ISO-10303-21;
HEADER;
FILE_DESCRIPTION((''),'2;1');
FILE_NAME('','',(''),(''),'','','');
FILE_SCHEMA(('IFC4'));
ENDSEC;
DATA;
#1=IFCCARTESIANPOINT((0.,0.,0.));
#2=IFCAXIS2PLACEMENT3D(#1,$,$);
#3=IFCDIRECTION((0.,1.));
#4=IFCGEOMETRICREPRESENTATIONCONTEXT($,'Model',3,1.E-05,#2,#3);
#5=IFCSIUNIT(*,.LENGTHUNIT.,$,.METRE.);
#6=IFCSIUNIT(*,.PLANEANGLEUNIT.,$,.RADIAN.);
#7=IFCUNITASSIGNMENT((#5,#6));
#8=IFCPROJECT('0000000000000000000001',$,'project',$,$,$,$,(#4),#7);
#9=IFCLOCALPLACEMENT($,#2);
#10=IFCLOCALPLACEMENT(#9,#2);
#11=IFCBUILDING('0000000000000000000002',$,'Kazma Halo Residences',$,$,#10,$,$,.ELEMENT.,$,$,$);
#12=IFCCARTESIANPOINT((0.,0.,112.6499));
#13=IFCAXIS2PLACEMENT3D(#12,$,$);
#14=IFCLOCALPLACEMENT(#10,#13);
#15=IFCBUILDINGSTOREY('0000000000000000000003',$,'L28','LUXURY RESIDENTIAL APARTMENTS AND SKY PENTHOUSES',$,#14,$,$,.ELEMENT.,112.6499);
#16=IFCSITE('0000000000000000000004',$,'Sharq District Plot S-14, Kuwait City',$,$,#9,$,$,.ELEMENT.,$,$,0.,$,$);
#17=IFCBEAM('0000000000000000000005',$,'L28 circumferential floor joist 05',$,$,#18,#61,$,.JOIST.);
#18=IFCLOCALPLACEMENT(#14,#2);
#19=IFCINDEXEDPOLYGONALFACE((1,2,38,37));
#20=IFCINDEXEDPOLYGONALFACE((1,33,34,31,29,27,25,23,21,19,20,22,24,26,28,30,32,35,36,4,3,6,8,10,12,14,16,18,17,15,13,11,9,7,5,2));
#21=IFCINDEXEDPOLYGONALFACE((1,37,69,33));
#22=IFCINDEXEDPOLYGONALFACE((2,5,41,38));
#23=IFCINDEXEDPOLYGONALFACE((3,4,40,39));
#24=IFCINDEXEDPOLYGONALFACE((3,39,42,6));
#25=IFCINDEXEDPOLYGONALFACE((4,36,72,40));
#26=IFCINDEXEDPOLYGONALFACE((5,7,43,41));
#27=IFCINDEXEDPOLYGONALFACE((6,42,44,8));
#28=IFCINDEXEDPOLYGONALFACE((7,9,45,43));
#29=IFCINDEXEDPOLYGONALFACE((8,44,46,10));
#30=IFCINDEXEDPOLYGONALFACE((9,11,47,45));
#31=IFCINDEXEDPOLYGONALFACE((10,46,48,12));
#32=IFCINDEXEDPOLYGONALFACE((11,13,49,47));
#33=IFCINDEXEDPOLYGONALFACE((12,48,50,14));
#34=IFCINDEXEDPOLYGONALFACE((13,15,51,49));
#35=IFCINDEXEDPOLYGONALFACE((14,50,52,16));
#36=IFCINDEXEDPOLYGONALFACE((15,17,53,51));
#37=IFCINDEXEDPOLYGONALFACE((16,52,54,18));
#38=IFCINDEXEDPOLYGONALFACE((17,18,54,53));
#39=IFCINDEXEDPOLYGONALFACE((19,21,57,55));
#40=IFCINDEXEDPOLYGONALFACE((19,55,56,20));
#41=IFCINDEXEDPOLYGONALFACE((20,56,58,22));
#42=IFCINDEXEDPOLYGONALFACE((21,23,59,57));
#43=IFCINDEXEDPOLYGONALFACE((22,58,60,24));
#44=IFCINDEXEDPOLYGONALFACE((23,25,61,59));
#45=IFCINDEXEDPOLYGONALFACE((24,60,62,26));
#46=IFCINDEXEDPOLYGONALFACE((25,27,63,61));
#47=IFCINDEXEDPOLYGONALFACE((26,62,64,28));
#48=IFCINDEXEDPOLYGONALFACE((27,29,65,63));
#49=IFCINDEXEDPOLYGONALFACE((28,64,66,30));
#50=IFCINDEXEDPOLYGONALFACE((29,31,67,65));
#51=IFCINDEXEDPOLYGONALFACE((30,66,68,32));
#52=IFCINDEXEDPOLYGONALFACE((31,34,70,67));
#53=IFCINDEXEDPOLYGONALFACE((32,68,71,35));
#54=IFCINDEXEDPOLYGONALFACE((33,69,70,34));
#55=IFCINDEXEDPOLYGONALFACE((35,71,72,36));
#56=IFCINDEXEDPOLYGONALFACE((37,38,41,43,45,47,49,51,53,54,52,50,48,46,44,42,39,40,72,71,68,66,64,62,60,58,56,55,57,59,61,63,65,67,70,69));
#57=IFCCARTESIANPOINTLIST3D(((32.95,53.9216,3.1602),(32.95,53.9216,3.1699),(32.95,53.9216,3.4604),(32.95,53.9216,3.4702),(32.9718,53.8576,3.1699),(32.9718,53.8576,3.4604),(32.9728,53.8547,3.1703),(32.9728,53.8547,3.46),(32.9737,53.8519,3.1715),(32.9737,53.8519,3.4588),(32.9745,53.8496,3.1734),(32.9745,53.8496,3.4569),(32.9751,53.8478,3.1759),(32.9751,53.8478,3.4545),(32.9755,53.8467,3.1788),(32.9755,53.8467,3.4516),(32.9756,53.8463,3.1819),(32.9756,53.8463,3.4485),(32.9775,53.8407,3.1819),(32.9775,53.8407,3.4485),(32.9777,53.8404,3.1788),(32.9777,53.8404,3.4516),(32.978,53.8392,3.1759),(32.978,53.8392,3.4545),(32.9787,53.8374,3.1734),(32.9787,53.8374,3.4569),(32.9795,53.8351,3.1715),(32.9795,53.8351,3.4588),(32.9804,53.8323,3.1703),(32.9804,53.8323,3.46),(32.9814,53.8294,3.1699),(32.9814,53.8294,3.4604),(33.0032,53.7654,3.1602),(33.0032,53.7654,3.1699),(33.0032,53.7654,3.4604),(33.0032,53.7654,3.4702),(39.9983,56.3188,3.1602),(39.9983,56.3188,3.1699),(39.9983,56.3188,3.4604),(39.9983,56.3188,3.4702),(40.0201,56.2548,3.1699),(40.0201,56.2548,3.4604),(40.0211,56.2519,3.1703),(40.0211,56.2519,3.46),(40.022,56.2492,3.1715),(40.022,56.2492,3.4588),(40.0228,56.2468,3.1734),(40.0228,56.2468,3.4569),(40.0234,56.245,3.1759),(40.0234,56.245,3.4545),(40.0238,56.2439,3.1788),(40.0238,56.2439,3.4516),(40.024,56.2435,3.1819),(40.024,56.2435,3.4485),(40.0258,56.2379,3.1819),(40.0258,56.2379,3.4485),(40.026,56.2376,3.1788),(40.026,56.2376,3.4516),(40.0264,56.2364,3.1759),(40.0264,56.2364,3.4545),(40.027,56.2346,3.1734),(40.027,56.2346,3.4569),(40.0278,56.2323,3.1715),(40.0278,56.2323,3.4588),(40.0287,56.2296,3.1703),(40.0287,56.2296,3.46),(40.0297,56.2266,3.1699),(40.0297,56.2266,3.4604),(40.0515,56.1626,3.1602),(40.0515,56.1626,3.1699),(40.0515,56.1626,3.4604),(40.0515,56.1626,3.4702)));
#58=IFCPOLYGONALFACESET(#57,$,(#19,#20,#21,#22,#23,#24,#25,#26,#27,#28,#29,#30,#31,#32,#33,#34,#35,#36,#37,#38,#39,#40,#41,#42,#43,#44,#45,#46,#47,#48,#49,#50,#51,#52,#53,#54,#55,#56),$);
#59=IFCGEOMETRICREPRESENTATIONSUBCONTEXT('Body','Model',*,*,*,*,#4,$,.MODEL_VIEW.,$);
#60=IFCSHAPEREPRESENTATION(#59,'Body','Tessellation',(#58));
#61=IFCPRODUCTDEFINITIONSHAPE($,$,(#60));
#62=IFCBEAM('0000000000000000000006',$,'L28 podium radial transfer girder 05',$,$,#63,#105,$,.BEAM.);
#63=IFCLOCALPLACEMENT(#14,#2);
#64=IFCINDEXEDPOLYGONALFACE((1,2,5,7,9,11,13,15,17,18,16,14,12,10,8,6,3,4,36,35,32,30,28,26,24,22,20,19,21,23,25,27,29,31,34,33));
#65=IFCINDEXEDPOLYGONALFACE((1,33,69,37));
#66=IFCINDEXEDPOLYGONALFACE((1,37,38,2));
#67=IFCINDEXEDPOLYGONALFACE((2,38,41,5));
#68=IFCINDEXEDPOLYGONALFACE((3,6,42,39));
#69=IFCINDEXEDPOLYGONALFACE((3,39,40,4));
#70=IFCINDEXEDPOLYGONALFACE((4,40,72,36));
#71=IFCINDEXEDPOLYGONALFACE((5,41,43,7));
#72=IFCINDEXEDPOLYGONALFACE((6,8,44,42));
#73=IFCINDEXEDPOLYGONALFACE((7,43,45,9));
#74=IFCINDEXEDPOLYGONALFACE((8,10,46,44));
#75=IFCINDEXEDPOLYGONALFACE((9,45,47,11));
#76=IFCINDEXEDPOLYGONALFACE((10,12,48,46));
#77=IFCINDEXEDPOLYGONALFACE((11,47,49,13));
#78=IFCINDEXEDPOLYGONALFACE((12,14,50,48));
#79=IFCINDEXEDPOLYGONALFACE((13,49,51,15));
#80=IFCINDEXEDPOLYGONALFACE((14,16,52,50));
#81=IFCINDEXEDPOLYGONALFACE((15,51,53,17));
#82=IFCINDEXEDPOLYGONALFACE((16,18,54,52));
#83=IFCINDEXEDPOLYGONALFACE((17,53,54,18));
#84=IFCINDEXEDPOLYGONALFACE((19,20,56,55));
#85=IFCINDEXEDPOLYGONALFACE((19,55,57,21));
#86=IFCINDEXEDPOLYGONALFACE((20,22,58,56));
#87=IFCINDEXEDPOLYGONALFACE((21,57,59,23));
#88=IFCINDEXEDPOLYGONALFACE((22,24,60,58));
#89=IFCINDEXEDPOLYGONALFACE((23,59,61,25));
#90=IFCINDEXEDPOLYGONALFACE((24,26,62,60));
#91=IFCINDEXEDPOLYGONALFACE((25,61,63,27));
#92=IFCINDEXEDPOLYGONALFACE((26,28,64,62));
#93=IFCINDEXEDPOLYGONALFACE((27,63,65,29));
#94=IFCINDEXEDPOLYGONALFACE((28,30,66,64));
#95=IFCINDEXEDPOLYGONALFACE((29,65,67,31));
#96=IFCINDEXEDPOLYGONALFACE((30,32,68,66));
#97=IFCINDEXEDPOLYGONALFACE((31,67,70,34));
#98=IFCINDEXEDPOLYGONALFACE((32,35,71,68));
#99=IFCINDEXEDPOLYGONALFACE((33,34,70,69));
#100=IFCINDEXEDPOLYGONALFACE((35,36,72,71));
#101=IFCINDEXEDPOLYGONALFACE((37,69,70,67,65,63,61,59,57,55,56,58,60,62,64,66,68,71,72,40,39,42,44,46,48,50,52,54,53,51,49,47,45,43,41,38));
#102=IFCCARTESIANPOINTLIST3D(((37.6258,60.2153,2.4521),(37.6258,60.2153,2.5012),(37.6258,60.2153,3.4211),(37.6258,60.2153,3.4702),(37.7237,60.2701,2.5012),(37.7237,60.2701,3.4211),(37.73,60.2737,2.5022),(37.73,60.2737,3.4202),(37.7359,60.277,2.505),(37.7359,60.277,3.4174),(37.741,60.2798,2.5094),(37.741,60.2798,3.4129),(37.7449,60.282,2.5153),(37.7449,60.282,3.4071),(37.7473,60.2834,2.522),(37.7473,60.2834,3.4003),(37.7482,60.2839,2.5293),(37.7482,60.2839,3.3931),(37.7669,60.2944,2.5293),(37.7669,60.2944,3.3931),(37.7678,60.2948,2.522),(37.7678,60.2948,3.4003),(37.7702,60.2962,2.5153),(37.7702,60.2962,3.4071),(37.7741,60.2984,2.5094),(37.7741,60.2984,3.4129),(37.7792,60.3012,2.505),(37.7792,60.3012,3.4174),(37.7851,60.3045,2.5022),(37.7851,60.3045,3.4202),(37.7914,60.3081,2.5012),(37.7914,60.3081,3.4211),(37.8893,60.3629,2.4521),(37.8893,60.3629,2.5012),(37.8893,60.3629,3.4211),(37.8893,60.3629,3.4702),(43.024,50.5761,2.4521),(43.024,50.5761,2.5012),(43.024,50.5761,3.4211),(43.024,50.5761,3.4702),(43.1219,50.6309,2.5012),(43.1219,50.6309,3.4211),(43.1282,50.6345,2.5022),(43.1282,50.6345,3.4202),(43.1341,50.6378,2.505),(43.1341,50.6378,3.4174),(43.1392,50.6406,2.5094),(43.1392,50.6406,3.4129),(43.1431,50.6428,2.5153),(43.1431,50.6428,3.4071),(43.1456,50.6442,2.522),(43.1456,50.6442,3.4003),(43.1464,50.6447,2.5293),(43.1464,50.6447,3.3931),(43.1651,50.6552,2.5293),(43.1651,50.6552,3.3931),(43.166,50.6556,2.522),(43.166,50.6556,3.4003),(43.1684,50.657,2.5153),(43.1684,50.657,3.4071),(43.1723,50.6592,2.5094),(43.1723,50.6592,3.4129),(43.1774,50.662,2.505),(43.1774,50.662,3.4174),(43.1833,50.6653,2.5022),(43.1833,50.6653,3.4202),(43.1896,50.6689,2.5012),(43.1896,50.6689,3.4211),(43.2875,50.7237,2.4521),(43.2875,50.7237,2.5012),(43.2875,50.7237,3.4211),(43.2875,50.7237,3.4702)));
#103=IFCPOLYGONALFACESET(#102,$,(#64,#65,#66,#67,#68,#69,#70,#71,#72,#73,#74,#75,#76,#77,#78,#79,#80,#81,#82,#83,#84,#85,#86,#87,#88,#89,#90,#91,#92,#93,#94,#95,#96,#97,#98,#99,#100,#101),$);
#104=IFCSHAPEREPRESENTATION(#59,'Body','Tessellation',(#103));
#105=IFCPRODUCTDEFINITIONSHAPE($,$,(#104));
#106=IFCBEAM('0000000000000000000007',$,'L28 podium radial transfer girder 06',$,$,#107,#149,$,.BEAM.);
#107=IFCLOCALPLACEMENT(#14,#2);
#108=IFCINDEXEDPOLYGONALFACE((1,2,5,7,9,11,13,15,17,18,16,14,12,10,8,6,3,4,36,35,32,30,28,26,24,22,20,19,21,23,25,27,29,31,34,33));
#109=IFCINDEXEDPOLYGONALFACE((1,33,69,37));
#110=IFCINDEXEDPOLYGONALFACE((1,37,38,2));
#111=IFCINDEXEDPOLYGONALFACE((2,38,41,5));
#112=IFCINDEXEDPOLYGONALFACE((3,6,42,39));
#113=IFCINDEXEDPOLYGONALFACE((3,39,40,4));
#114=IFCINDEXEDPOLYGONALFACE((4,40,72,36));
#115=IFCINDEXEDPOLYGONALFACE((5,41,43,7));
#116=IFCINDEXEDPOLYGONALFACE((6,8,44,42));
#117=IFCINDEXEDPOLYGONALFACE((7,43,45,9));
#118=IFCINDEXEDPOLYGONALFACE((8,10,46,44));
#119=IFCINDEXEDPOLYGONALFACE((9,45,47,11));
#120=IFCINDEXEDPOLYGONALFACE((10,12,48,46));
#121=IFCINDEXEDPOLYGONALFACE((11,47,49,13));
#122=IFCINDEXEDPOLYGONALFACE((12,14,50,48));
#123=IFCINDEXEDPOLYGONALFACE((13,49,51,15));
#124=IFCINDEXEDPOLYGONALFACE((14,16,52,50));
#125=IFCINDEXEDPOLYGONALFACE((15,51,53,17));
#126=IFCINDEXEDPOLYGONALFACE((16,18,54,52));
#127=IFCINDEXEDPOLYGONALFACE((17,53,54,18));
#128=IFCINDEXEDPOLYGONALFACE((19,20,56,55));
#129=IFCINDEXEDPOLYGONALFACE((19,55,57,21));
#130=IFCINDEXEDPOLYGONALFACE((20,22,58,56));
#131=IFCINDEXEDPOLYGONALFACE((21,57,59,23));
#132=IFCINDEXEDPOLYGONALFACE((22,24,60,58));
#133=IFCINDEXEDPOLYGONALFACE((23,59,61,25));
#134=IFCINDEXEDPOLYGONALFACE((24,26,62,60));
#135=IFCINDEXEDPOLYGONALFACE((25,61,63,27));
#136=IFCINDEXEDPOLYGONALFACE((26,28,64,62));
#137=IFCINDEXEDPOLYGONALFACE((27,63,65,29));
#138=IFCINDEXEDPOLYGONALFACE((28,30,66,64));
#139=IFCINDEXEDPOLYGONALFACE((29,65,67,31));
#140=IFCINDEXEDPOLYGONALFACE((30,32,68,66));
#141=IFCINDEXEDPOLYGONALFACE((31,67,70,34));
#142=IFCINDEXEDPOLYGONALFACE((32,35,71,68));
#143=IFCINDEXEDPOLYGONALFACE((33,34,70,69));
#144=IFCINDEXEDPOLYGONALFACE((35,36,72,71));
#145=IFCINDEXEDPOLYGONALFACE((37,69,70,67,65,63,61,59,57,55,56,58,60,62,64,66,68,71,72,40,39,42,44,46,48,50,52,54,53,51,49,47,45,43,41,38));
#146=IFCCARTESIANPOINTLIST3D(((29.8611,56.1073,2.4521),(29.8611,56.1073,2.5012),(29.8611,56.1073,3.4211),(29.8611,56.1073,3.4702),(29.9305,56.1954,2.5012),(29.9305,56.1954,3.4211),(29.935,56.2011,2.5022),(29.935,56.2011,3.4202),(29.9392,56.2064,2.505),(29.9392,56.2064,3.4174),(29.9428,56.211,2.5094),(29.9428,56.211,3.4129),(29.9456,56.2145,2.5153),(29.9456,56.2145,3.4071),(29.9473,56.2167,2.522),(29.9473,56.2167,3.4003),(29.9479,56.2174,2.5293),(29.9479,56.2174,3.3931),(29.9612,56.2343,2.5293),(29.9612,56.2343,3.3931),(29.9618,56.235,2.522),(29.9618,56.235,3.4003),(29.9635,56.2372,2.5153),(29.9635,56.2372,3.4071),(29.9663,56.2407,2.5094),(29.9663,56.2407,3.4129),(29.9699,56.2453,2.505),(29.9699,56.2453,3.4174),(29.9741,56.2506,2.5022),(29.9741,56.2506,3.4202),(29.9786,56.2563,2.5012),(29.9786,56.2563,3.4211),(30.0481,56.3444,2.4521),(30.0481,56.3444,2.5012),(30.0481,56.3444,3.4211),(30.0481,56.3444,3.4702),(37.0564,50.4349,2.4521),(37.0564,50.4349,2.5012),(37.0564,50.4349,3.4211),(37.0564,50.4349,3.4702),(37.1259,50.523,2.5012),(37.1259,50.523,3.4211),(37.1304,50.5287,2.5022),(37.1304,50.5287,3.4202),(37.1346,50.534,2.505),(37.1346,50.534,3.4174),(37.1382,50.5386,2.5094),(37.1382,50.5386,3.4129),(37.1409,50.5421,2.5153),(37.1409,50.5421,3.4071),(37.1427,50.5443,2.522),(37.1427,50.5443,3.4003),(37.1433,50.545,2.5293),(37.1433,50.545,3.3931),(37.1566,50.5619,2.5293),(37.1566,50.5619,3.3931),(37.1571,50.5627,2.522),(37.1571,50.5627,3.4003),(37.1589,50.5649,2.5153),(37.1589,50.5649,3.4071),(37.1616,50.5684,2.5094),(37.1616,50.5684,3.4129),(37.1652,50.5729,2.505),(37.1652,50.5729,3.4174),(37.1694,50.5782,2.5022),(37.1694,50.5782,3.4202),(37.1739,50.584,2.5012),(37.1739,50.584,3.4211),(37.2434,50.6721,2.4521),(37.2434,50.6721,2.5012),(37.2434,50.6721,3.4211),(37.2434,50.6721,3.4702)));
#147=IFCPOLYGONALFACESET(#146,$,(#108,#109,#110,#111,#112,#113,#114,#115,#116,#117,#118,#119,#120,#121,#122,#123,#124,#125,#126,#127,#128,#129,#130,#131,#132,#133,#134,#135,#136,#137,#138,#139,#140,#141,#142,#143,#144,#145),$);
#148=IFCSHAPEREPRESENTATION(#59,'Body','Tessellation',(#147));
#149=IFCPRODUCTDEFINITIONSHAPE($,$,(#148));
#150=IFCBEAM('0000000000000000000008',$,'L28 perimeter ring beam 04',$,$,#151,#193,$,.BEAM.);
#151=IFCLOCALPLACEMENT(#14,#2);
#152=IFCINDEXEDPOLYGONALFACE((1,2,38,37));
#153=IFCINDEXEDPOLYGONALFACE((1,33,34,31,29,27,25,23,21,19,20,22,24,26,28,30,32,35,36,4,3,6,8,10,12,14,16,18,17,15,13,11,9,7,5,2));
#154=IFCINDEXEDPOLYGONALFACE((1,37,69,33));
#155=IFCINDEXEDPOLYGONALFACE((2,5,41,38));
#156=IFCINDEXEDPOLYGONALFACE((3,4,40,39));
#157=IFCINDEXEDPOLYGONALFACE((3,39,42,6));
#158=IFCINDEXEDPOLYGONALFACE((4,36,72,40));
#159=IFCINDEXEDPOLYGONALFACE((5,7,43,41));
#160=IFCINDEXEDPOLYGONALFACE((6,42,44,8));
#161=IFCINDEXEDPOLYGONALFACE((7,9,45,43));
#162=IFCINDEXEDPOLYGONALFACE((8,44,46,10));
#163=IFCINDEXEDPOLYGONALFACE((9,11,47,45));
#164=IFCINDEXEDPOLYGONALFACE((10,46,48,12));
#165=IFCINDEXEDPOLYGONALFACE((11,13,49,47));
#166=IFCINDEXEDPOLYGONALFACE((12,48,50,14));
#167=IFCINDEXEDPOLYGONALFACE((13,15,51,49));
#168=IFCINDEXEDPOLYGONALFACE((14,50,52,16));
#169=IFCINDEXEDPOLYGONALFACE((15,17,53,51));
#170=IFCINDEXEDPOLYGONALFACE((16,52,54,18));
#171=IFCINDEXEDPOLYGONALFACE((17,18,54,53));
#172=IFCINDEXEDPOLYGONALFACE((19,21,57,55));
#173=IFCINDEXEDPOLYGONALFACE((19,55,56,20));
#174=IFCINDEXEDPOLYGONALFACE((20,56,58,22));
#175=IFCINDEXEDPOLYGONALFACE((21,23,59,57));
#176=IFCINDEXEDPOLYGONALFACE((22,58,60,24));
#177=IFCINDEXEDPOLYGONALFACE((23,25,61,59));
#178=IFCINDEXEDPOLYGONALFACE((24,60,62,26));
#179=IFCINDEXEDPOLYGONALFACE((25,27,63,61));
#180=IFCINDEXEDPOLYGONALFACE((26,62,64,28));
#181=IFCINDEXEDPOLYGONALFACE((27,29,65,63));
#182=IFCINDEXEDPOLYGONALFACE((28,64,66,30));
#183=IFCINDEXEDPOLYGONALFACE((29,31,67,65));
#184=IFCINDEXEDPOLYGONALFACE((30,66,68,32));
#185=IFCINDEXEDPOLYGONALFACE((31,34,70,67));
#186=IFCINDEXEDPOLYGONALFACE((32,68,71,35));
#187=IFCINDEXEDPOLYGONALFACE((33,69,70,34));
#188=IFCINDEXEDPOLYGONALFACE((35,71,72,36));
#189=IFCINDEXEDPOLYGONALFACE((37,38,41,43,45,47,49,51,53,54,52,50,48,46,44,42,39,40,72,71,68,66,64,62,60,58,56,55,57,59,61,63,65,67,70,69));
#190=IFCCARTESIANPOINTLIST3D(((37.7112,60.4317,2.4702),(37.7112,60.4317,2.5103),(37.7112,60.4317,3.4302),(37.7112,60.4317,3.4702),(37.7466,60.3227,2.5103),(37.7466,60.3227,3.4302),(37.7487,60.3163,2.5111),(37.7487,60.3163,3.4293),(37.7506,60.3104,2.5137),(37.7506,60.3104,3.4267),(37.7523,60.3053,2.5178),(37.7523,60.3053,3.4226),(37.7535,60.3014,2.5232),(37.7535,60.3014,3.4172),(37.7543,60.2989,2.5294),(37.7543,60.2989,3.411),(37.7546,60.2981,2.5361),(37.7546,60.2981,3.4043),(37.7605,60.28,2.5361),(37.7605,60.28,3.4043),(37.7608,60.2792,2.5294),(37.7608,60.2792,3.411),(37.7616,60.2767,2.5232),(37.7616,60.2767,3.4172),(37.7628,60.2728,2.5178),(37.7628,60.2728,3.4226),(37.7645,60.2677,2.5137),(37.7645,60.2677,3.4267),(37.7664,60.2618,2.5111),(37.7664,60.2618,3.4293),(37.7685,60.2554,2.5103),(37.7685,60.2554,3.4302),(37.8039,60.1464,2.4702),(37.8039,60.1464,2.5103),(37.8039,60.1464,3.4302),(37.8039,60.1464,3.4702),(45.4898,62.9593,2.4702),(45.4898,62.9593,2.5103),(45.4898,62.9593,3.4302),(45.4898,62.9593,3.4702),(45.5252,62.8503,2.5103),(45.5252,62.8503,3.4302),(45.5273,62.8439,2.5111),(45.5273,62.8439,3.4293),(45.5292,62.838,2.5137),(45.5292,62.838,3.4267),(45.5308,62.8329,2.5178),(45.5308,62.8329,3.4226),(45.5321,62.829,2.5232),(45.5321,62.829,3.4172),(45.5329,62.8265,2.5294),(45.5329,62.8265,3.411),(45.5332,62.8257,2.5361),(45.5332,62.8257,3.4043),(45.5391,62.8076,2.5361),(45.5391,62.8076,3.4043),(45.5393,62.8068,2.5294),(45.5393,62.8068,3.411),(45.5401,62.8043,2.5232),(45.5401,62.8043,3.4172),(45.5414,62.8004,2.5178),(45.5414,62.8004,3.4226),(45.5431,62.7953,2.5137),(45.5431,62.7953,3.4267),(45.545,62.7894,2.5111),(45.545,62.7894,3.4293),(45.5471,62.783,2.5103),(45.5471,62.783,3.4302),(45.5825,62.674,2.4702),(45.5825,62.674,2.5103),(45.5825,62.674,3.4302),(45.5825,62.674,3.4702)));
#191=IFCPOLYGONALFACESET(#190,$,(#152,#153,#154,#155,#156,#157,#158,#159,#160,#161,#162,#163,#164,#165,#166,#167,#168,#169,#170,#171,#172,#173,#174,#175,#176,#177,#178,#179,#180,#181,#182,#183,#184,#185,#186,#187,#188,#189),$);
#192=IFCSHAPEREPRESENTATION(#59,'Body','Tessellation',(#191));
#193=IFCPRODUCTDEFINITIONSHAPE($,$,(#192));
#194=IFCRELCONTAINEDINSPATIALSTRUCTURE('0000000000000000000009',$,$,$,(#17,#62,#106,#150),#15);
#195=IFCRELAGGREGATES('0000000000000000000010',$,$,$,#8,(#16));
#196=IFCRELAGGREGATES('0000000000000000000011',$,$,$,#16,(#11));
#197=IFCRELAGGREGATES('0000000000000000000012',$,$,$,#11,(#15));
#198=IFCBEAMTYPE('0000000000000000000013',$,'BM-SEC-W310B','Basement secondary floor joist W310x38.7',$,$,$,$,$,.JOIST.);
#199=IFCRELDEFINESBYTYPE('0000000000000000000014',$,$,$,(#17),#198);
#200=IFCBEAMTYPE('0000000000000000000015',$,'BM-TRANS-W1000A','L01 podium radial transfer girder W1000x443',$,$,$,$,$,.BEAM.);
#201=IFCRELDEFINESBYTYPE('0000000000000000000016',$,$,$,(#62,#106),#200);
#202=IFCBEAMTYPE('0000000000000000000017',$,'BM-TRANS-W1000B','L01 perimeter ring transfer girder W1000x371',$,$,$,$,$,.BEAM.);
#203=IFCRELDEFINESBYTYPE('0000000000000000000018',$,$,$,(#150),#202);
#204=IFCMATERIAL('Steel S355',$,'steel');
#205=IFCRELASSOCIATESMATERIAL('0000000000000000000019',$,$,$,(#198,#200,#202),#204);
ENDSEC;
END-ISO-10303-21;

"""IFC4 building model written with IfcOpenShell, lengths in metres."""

from ifc_helpers import new_model, si_unit, direction, frame, origin, origin_2d, place, context, subcontext, project, spatial, i_section, extrude, material, material_profile, profile_set, type_object, element, save


model = new_model("IFC4")

# Units and contexts
model_context = context("Model", 3, precision=1e-05, world=origin(), true_north=direction((0.0, 1.0)))
body_context = subcontext(model_context, "Body", "Model", "MODEL_VIEW")
ifc_project = project(units=[si_unit("LENGTHUNIT", "METRE"), si_unit("PLANEANGLEUNIT", "RADIAN")], contexts=[model_context])

# Site, building, storey
site_placement = place(None, origin())
site = spatial("IfcSite", under=ifc_project, at=site_placement, Name="Sharq District Plot S-14, Kuwait City", CompositionType="ELEMENT", RefElevation=0.0)
building_placement = place(site_placement, origin())
building = spatial("IfcBuilding", under=site, at=building_placement, Name="Kazma Halo Residences", CompositionType="ELEMENT")
storey_placement = place(building_placement, frame((0.0, 0.0, 112.6499)))
storey = spatial("IfcBuildingStorey", under=building, at=storey_placement, Name="L28", Description="LUXURY RESIDENTIAL APARTMENTS AND SKY PENTHOUSES", CompositionType="ELEMENT", Elevation=112.6499)

# Beams
ifc_material_1 = material(Name="Steel S355", Category="steel")
ifc_material_profile_1 = material_profile(ifc_material_1, i_section(OverallWidth=0.165, OverallDepth=0.3101, WebThickness=0.0059, FlangeThickness=0.0098, FilletRadius=0.012, at=origin_2d()), Name="W310x38.7")
ifc_profile_set_1 = profile_set([ifc_material_profile_1], Name="Steel S355")
beam_type_1 = type_object("IfcBeamType", Name="BM-SEC-W310B", Description="Basement secondary floor joist W310x38.7", PredefinedType="JOIST", material=ifc_profile_set_1)
beam_1_placement = place(storey_placement, frame((40.0249, 56.2407, 3.3152), z_axis=(-0.946741, -0.321997, 0.0), x_axis=(0.321997, -0.946741, 0.0)))
element("IfcBeam", 1, at=beam_1_placement, inside=storey, type_object=beam_type_1, Name="L28 circumferential floor joist 05", PredefinedType="JOIST", context=body_context, shape_type="SweptSolid", body=[
    extrude(i_section(OverallWidth=0.165, OverallDepth=0.3101, WebThickness=0.0059, FlangeThickness=0.0098, FilletRadius=0.012, at=origin_2d()), origin(), (0.0, 0.0, 1.0), 7.4448),
])
ifc_material_profile_2 = material_profile(ifc_material_1, i_section(OverallWidth=0.302, OverallDepth=1.0181, WebThickness=0.0215, FlangeThickness=0.0491, FilletRadius=0.0281, at=origin_2d()), Name="W1000x443")
ifc_profile_set_2 = profile_set([ifc_material_profile_2], Name="Steel S355")
beam_type_2 = type_object("IfcBeamType", Name="BM-TRANS-W1000A", Description="L01 podium radial transfer girder W1000x443", PredefinedType="BEAM", material=ifc_profile_set_2)
beam_2_placement = place(storey_placement, frame((43.1558, 50.6499, 2.9612), z_axis=(-0.488622, 0.872496, 0.0), x_axis=(-0.872496, -0.488622, 0.0)))
element("IfcBeam", 2, at=beam_2_placement, inside=storey, type_object=beam_type_2, Name="L28 podium radial transfer girder 05", PredefinedType="BEAM", context=body_context, shape_type="SweptSolid", body=[
    extrude(i_section(OverallWidth=0.302, OverallDepth=1.0181, WebThickness=0.0215, FlangeThickness=0.0491, FilletRadius=0.0281, at=origin_2d()), origin(), (0.0, 0.0, 1.0), 11.0479),
])
beam_3_placement = place(storey_placement, frame((37.1499, 50.5535, 2.9612), z_axis=(-0.785315, 0.619096, 0.0), x_axis=(-0.619096, -0.785315, 0.0)))
element("IfcBeam", 3, at=beam_3_placement, inside=storey, type_object=beam_type_2, Name="L28 podium radial transfer girder 06", PredefinedType="BEAM", context=body_context, shape_type="SweptSolid", body=[
    extrude(i_section(OverallWidth=0.302, OverallDepth=1.0181, WebThickness=0.0215, FlangeThickness=0.0491, FilletRadius=0.0281, at=origin_2d()), origin(), (0.0, 0.0, 1.0), 9.1624),
])
ifc_material_profile_3 = material_profile(ifc_material_1, i_section(OverallWidth=0.3, OverallDepth=1.0, WebThickness=0.019, FlangeThickness=0.04, FilletRadius=0.0259, at=origin_2d()), Name="W1000x371")
ifc_profile_set_3 = profile_set([ifc_material_profile_3], Name="Steel S355")
beam_type_3 = type_object("IfcBeamType", Name="BM-TRANS-W1000B", Description="L01 perimeter ring transfer girder W1000x371", PredefinedType="BEAM", material=ifc_profile_set_3)
beam_4_placement = place(storey_placement, frame((45.5361, 62.8167, 2.9702), z_axis=(-0.95105, -0.309037, 0.0), x_axis=(0.309037, -0.95105, 0.0)))
element("IfcBeam", 4, at=beam_4_placement, inside=storey, type_object=beam_type_3, Name="L28 perimeter ring beam 04", PredefinedType="BEAM", context=body_context, shape_type="SweptSolid", body=[
    extrude(i_section(OverallWidth=0.3, OverallDepth=1.0, WebThickness=0.019, FlangeThickness=0.04, FilletRadius=0.0259, at=origin_2d()), origin(), (0.0, 0.0, 1.0), 8.179),
])

save(model, "model.ifc")
